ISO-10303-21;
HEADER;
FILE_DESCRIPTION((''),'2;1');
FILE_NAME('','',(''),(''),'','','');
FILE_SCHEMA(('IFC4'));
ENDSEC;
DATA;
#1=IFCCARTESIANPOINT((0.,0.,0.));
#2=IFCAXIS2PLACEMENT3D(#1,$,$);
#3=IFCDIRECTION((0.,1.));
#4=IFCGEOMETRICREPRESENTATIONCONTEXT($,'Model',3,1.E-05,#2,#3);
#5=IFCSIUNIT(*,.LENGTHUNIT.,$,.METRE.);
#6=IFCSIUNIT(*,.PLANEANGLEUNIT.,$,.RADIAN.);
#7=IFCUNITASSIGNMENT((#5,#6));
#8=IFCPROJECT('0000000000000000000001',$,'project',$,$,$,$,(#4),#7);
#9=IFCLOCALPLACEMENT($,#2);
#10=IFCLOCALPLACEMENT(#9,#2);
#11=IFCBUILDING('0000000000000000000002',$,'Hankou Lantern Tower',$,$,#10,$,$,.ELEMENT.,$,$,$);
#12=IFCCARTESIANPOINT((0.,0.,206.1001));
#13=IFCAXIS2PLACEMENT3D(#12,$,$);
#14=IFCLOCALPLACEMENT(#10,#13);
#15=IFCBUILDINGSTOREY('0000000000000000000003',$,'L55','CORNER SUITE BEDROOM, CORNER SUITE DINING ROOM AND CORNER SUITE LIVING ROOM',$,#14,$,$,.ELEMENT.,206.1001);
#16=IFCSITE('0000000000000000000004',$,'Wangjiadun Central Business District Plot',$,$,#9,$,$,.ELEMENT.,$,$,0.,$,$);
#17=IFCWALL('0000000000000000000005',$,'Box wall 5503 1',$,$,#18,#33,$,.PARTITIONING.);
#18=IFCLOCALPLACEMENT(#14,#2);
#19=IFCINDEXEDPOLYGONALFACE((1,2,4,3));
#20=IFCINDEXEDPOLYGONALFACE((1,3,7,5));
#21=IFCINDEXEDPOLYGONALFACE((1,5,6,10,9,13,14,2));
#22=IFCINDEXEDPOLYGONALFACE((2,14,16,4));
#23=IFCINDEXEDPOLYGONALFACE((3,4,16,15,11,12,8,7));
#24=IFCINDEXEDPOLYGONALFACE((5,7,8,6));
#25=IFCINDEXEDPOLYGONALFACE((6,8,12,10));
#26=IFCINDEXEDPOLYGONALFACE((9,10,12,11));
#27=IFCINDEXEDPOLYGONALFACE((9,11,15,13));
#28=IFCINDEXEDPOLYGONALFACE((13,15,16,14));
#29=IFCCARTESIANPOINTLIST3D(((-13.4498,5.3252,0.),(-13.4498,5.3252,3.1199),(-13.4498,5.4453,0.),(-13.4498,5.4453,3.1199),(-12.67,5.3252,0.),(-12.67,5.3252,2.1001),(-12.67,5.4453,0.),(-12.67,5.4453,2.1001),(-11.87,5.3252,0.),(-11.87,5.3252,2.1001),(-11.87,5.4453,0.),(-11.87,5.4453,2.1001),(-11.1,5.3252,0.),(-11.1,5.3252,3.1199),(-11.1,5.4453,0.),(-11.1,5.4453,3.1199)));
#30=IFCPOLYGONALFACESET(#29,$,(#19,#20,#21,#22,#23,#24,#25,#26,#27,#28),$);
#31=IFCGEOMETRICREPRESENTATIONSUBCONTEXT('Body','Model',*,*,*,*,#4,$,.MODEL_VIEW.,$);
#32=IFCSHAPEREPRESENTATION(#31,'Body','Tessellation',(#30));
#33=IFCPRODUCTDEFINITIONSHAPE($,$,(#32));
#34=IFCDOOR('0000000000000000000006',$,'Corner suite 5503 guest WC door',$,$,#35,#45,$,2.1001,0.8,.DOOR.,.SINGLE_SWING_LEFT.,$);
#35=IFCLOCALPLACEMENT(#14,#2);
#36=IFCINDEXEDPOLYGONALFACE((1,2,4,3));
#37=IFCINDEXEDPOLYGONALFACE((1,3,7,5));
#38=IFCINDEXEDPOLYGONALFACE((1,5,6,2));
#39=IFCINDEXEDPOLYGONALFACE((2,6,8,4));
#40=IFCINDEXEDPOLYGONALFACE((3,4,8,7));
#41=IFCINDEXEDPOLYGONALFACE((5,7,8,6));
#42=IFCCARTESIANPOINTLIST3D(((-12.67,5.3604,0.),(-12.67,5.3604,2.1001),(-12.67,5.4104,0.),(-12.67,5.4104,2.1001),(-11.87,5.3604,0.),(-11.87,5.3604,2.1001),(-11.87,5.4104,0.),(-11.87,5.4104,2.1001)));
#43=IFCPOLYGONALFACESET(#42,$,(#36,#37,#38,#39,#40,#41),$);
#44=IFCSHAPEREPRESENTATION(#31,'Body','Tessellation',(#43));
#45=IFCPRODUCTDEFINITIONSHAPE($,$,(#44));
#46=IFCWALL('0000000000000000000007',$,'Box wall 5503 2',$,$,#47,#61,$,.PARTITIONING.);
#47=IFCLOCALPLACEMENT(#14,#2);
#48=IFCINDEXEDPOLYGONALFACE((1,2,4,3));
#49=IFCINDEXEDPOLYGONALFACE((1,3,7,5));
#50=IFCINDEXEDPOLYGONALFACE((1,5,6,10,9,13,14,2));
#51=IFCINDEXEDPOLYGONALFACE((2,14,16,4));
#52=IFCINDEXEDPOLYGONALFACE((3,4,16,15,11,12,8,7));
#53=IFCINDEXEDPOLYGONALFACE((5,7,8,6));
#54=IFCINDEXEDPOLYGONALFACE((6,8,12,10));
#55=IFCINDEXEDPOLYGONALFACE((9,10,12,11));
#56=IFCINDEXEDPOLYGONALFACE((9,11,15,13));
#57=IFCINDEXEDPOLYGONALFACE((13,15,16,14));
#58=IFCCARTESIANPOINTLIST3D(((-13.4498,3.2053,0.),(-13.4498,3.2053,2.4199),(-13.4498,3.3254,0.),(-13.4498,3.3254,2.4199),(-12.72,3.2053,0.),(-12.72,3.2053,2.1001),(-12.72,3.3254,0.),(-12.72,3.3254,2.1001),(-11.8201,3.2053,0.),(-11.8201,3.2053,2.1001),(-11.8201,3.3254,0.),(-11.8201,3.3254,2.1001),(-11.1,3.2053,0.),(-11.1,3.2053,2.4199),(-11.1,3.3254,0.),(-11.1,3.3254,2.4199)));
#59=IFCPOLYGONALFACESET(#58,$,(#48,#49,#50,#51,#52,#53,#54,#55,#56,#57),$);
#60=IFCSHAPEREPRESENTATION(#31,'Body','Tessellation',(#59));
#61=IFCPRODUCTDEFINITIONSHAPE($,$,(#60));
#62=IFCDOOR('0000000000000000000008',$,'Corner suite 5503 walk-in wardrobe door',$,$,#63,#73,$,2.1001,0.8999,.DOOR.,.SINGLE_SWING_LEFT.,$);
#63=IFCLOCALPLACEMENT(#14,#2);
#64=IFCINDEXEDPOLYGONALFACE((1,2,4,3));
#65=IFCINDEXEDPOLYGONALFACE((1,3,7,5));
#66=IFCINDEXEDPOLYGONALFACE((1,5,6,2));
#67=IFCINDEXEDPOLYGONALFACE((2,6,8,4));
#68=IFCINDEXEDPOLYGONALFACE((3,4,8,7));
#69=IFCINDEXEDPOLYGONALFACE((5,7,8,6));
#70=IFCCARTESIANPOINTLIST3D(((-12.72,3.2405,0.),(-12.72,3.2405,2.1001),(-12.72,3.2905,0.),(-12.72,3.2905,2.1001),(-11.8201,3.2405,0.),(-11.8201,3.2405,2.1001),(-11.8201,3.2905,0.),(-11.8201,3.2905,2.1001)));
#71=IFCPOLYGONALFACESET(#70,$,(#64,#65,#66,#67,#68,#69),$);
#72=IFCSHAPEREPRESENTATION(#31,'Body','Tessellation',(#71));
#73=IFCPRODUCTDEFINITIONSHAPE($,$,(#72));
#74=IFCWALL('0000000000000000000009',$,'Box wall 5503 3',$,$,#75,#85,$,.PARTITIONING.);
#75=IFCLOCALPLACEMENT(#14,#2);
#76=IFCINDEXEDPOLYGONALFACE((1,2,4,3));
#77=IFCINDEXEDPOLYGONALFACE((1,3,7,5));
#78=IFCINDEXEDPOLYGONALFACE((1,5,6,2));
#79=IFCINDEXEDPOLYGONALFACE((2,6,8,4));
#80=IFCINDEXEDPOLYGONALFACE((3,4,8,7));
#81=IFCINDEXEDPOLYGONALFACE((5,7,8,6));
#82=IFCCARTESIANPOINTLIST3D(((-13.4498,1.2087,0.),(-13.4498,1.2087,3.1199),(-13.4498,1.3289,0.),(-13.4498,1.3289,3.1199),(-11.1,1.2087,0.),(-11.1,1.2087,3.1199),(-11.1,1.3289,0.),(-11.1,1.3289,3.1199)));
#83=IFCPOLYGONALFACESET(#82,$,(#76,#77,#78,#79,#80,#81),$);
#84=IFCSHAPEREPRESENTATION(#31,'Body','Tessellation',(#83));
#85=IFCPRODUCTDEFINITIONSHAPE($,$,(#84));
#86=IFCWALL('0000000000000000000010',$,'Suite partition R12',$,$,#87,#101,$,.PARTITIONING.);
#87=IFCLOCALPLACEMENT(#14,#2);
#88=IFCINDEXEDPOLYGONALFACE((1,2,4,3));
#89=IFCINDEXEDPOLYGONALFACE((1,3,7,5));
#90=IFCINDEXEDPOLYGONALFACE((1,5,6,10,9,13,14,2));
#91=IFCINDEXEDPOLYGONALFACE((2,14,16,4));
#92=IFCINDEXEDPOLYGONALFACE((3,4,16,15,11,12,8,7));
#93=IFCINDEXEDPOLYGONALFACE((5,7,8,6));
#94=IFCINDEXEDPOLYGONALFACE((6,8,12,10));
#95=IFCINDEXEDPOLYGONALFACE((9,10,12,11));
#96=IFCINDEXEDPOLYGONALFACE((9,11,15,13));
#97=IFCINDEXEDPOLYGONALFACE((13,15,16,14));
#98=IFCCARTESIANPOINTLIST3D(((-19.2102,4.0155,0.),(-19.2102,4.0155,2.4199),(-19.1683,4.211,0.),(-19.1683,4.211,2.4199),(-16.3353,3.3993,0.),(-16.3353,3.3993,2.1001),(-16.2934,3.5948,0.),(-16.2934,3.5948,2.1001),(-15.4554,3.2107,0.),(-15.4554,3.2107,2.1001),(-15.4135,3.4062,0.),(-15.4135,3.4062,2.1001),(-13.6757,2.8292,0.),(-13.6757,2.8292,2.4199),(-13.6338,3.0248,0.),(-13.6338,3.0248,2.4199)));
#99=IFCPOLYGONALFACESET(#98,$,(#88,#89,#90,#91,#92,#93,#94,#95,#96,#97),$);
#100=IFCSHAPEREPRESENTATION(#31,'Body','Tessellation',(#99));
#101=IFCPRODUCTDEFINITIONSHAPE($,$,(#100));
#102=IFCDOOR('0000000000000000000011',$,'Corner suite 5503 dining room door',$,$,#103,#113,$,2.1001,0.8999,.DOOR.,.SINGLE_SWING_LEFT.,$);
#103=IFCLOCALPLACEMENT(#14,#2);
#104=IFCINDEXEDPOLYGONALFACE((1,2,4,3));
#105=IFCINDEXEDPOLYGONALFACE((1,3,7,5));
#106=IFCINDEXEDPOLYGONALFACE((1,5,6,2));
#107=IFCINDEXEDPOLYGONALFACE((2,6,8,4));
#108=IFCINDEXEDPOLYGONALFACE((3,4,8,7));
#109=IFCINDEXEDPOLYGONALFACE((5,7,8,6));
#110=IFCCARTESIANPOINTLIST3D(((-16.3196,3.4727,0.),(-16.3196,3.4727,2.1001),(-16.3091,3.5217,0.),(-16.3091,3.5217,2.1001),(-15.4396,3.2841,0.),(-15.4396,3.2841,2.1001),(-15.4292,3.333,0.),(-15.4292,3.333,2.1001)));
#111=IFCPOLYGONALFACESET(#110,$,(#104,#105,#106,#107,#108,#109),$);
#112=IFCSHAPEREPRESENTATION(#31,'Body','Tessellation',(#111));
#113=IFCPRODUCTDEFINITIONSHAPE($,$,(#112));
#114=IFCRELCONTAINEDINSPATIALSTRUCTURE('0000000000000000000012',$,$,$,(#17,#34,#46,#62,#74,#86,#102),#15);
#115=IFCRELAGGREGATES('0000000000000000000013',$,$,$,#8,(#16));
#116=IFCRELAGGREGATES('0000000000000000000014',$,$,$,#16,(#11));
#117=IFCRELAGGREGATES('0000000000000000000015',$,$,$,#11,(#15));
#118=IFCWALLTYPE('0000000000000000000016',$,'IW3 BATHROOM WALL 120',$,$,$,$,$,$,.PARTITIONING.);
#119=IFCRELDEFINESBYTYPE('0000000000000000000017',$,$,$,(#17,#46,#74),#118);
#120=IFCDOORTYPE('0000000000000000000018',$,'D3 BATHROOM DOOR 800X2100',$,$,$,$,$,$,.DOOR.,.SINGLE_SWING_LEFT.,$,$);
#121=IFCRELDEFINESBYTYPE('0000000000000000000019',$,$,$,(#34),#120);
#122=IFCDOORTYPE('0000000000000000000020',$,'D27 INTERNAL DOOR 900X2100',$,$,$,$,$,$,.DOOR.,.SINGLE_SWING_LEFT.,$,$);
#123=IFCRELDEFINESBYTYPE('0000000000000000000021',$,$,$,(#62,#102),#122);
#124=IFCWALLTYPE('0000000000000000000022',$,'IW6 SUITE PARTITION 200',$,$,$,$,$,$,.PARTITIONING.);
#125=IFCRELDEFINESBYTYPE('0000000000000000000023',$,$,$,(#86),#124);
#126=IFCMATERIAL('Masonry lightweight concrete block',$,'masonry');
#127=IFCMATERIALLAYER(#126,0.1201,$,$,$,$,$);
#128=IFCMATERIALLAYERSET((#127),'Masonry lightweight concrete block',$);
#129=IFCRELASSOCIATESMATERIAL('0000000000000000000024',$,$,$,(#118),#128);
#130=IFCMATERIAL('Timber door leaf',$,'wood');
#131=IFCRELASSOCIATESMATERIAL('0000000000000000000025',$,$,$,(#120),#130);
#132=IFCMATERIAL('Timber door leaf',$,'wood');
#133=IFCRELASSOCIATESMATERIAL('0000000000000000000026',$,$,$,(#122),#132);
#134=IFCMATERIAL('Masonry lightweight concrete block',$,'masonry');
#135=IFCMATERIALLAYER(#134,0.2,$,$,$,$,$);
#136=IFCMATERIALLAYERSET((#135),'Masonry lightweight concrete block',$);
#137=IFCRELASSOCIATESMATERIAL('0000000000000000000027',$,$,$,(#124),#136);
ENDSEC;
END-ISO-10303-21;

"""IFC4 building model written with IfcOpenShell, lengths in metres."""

from ifc_helpers import new_model, si_unit, direction, frame, frame_2d, origin, place, context, subcontext, project, spatial, rectangle, extrude, material, layer, layer_set, type_object, element, fill, save


model = new_model("IFC4")

# Units and contexts
model_context = context("Model", 3, precision=1e-05, world=origin(), true_north=direction((0.0, 1.0)))
body_context = subcontext(model_context, "Body", "Model", "MODEL_VIEW")
ifc_project = project(units=[si_unit("LENGTHUNIT", "METRE"), si_unit("PLANEANGLEUNIT", "RADIAN")], contexts=[model_context])

# Site, building, storey
site_placement = place(None, origin())
site = spatial("IfcSite", under=ifc_project, at=site_placement, Name="Wangjiadun Central Business District Plot", CompositionType="ELEMENT", RefElevation=0.0)
building_placement = place(site_placement, origin())
building = spatial("IfcBuilding", under=site, at=building_placement, Name="Hankou Lantern Tower", CompositionType="ELEMENT")
storey_placement = place(building_placement, frame((0.0, 0.0, 206.1001)))
storey = spatial("IfcBuildingStorey", under=building, at=storey_placement, Name="L55", Description="CORNER SUITE BEDROOM, CORNER SUITE DINING ROOM AND CORNER SUITE LIVING ROOM", CompositionType="ELEMENT", Elevation=206.1001)

# Walls, openings, doors
ifc_material_1 = material(Name="Masonry lightweight concrete block", Category="masonry")
ifc_layer_1 = layer(ifc_material_1, 0.1201)
ifc_layer_set_1 = layer_set([ifc_layer_1], Name="Masonry lightweight concrete block")
wall_type_1 = type_object("IfcWallType", Name="IW3 BATHROOM WALL 120", PredefinedType="PARTITIONING", material=ifc_layer_set_1)
wall_1_placement = place(storey_placement, frame((-11.1001, 5.3853, 0.0), z_axis=(0.0, 0.0, 1.0), x_axis=(-1.0, 0.0, 0.0)))
wall_1 = element("IfcWall", 1, at=wall_1_placement, inside=storey, type_object=wall_type_1, Name="Box wall 5503 1", PredefinedType="PARTITIONING", context=body_context, shape_type="SweptSolid", body=[
    extrude(rectangle(XDim=2.3499, YDim=0.1201, at=frame_2d((1.1748, 0.0))), origin(), (0.0, 0.0, 1.0), 3.1199),
])
opening_1_placement = place(wall_1_placement, frame((0.77, 0.0, 0.0)))
opening_1 = element("IfcOpeningElement", 2, at=opening_1_placement, cuts=wall_1, PredefinedType="OPENING", context=body_context, shape_type="SweptSolid", body=[
    extrude(rectangle(XDim=0.8, YDim=2.1001, at=frame_2d((0.3999, 1.05))), frame((0.0, 0.0701, 0.0), z_axis=(0.0, -1.0, 0.0), x_axis=(1.0, 0.0, 0.0)), (0.0, 0.0, 1.0), 0.1401),
])
ifc_material_2 = material(Name="Timber door leaf", Category="wood")
door_type_1 = type_object("IfcDoorType", Name="D3 BATHROOM DOOR 800X2100", OperationType="SINGLE_SWING_LEFT", PredefinedType="DOOR", material=ifc_material_2)
door_1_placement = place(opening_1_placement, origin())
door_1 = element("IfcDoor", 3, at=door_1_placement, inside=storey, type_object=door_type_1, Name="Corner suite 5503 guest WC door", OperationType="SINGLE_SWING_LEFT", OverallHeight=2.1001, OverallWidth=0.8, PredefinedType="DOOR", context=body_context, shape_type="SweptSolid", body=[
    extrude(rectangle(XDim=0.8, YDim=2.1001, at=frame_2d((0.3999, 1.05))), frame((0.0, 0.0249, 0.0), z_axis=(0.0, -1.0, 0.0), x_axis=(1.0, 0.0, 0.0)), (0.0, 0.0, 1.0), 0.05),
])
fill(opening_1, door_1)
wall_2_placement = place(storey_placement, frame((-11.1001, 3.2654, 0.0), z_axis=(0.0, 0.0, 1.0), x_axis=(-1.0, 0.0, 0.0)))
wall_2 = element("IfcWall", 4, at=wall_2_placement, inside=storey, type_object=wall_type_1, Name="Box wall 5503 2", PredefinedType="PARTITIONING", context=body_context, shape_type="SweptSolid", body=[
    extrude(rectangle(XDim=2.3499, YDim=0.1201, at=frame_2d((1.1748, 0.0))), origin(), (0.0, 0.0, 1.0), 2.4199),
])
opening_2_placement = place(wall_2_placement, frame((0.72, 0.0, 0.0)))
opening_2 = element("IfcOpeningElement", 5, at=opening_2_placement, cuts=wall_2, PredefinedType="OPENING", context=body_context, shape_type="SweptSolid", body=[
    extrude(rectangle(XDim=0.8999, YDim=2.1001, at=frame_2d((0.45, 1.05))), frame((0.0, 0.0701, 0.0), z_axis=(0.0, -1.0, 0.0), x_axis=(1.0, 0.0, 0.0)), (0.0, 0.0, 1.0), 0.1401),
])
ifc_material_3 = material(Name="Timber door leaf", Category="wood")
door_type_2 = type_object("IfcDoorType", Name="D27 INTERNAL DOOR 900X2100", OperationType="SINGLE_SWING_LEFT", PredefinedType="DOOR", material=ifc_material_3)
door_2_placement = place(opening_2_placement, origin())
door_2 = element("IfcDoor", 6, at=door_2_placement, inside=storey, type_object=door_type_2, Name="Corner suite 5503 walk-in wardrobe door", OperationType="SINGLE_SWING_LEFT", OverallHeight=2.1001, OverallWidth=0.8999, PredefinedType="DOOR", context=body_context, shape_type="SweptSolid", body=[
    extrude(rectangle(XDim=0.8999, YDim=2.1001, at=frame_2d((0.45, 1.05))), frame((0.0, 0.0249, 0.0), z_axis=(0.0, -1.0, 0.0), x_axis=(1.0, 0.0, 0.0)), (0.0, 0.0, 1.0), 0.05),
])
fill(opening_2, door_2)

# Wall
wall_3_placement = place(storey_placement, frame((-11.1001, 1.2688, 0.0), z_axis=(0.0, 0.0, 1.0), x_axis=(-1.0, 0.0, 0.0)))
element("IfcWall", 7, at=wall_3_placement, inside=storey, type_object=wall_type_1, Name="Box wall 5503 3", PredefinedType="PARTITIONING", context=body_context, shape_type="SweptSolid", body=[
    extrude(rectangle(XDim=2.3499, YDim=0.1201, at=frame_2d((1.1748, 0.0))), origin(), (0.0, 0.0, 1.0), 3.1199),
])

# Wall, opening, door
ifc_material_4 = material(Name="Masonry lightweight concrete block", Category="masonry")
ifc_layer_2 = layer(ifc_material_4, 0.2)
ifc_layer_set_2 = layer_set([ifc_layer_2], Name="Masonry lightweight concrete block")
wall_type_2 = type_object("IfcWallType", Name="IW6 SUITE PARTITION 200", PredefinedType="PARTITIONING", material=ifc_layer_set_2)
wall_4_placement = place(storey_placement, frame((-13.6548, 2.927, 0.0), z_axis=(0.0, 0.0, 1.0), x_axis=(-0.97779, 0.209585, 0.0)))
wall_4 = element("IfcWall", 8, at=wall_4_placement, inside=storey, type_object=wall_type_2, Name="Suite partition R12", PredefinedType="PARTITIONING", context=body_context, shape_type="SweptSolid", body=[
    extrude(rectangle(XDim=5.6602, YDim=0.2, at=frame_2d((2.8301, 0.0))), origin(), (0.0, 0.0, 1.0), 2.4199),
])
opening_3_placement = place(wall_4_placement, frame((1.8201, 0.0, 0.0)))
opening_3 = element("IfcOpeningElement", 9, at=opening_3_placement, cuts=wall_4, PredefinedType="OPENING", context=body_context, shape_type="SweptSolid", body=[
    extrude(rectangle(XDim=0.8999, YDim=2.1001, at=frame_2d((0.45, 1.05))), frame((0.0, 0.1099, 0.0), z_axis=(0.0, -1.0, 0.0), x_axis=(1.0, 0.0, 0.0)), (0.0, 0.0, 1.0), 0.22),
])
door_3_placement = place(opening_3_placement, origin())
door_3 = element("IfcDoor", 10, at=door_3_placement, inside=storey, type_object=door_type_2, Name="Corner suite 5503 dining room door", OperationType="SINGLE_SWING_LEFT", OverallHeight=2.1001, OverallWidth=0.8999, PredefinedType="DOOR", context=body_context, shape_type="SweptSolid", body=[
    extrude(rectangle(XDim=0.8999, YDim=2.1001, at=frame_2d((0.45, 1.05))), frame((0.0, 0.0249, 0.0), z_axis=(0.0, -1.0, 0.0), x_axis=(1.0, 0.0, 0.0)), (0.0, 0.0, 1.0), 0.05),
])
fill(opening_3, door_3)

save(model, "model.ifc")
